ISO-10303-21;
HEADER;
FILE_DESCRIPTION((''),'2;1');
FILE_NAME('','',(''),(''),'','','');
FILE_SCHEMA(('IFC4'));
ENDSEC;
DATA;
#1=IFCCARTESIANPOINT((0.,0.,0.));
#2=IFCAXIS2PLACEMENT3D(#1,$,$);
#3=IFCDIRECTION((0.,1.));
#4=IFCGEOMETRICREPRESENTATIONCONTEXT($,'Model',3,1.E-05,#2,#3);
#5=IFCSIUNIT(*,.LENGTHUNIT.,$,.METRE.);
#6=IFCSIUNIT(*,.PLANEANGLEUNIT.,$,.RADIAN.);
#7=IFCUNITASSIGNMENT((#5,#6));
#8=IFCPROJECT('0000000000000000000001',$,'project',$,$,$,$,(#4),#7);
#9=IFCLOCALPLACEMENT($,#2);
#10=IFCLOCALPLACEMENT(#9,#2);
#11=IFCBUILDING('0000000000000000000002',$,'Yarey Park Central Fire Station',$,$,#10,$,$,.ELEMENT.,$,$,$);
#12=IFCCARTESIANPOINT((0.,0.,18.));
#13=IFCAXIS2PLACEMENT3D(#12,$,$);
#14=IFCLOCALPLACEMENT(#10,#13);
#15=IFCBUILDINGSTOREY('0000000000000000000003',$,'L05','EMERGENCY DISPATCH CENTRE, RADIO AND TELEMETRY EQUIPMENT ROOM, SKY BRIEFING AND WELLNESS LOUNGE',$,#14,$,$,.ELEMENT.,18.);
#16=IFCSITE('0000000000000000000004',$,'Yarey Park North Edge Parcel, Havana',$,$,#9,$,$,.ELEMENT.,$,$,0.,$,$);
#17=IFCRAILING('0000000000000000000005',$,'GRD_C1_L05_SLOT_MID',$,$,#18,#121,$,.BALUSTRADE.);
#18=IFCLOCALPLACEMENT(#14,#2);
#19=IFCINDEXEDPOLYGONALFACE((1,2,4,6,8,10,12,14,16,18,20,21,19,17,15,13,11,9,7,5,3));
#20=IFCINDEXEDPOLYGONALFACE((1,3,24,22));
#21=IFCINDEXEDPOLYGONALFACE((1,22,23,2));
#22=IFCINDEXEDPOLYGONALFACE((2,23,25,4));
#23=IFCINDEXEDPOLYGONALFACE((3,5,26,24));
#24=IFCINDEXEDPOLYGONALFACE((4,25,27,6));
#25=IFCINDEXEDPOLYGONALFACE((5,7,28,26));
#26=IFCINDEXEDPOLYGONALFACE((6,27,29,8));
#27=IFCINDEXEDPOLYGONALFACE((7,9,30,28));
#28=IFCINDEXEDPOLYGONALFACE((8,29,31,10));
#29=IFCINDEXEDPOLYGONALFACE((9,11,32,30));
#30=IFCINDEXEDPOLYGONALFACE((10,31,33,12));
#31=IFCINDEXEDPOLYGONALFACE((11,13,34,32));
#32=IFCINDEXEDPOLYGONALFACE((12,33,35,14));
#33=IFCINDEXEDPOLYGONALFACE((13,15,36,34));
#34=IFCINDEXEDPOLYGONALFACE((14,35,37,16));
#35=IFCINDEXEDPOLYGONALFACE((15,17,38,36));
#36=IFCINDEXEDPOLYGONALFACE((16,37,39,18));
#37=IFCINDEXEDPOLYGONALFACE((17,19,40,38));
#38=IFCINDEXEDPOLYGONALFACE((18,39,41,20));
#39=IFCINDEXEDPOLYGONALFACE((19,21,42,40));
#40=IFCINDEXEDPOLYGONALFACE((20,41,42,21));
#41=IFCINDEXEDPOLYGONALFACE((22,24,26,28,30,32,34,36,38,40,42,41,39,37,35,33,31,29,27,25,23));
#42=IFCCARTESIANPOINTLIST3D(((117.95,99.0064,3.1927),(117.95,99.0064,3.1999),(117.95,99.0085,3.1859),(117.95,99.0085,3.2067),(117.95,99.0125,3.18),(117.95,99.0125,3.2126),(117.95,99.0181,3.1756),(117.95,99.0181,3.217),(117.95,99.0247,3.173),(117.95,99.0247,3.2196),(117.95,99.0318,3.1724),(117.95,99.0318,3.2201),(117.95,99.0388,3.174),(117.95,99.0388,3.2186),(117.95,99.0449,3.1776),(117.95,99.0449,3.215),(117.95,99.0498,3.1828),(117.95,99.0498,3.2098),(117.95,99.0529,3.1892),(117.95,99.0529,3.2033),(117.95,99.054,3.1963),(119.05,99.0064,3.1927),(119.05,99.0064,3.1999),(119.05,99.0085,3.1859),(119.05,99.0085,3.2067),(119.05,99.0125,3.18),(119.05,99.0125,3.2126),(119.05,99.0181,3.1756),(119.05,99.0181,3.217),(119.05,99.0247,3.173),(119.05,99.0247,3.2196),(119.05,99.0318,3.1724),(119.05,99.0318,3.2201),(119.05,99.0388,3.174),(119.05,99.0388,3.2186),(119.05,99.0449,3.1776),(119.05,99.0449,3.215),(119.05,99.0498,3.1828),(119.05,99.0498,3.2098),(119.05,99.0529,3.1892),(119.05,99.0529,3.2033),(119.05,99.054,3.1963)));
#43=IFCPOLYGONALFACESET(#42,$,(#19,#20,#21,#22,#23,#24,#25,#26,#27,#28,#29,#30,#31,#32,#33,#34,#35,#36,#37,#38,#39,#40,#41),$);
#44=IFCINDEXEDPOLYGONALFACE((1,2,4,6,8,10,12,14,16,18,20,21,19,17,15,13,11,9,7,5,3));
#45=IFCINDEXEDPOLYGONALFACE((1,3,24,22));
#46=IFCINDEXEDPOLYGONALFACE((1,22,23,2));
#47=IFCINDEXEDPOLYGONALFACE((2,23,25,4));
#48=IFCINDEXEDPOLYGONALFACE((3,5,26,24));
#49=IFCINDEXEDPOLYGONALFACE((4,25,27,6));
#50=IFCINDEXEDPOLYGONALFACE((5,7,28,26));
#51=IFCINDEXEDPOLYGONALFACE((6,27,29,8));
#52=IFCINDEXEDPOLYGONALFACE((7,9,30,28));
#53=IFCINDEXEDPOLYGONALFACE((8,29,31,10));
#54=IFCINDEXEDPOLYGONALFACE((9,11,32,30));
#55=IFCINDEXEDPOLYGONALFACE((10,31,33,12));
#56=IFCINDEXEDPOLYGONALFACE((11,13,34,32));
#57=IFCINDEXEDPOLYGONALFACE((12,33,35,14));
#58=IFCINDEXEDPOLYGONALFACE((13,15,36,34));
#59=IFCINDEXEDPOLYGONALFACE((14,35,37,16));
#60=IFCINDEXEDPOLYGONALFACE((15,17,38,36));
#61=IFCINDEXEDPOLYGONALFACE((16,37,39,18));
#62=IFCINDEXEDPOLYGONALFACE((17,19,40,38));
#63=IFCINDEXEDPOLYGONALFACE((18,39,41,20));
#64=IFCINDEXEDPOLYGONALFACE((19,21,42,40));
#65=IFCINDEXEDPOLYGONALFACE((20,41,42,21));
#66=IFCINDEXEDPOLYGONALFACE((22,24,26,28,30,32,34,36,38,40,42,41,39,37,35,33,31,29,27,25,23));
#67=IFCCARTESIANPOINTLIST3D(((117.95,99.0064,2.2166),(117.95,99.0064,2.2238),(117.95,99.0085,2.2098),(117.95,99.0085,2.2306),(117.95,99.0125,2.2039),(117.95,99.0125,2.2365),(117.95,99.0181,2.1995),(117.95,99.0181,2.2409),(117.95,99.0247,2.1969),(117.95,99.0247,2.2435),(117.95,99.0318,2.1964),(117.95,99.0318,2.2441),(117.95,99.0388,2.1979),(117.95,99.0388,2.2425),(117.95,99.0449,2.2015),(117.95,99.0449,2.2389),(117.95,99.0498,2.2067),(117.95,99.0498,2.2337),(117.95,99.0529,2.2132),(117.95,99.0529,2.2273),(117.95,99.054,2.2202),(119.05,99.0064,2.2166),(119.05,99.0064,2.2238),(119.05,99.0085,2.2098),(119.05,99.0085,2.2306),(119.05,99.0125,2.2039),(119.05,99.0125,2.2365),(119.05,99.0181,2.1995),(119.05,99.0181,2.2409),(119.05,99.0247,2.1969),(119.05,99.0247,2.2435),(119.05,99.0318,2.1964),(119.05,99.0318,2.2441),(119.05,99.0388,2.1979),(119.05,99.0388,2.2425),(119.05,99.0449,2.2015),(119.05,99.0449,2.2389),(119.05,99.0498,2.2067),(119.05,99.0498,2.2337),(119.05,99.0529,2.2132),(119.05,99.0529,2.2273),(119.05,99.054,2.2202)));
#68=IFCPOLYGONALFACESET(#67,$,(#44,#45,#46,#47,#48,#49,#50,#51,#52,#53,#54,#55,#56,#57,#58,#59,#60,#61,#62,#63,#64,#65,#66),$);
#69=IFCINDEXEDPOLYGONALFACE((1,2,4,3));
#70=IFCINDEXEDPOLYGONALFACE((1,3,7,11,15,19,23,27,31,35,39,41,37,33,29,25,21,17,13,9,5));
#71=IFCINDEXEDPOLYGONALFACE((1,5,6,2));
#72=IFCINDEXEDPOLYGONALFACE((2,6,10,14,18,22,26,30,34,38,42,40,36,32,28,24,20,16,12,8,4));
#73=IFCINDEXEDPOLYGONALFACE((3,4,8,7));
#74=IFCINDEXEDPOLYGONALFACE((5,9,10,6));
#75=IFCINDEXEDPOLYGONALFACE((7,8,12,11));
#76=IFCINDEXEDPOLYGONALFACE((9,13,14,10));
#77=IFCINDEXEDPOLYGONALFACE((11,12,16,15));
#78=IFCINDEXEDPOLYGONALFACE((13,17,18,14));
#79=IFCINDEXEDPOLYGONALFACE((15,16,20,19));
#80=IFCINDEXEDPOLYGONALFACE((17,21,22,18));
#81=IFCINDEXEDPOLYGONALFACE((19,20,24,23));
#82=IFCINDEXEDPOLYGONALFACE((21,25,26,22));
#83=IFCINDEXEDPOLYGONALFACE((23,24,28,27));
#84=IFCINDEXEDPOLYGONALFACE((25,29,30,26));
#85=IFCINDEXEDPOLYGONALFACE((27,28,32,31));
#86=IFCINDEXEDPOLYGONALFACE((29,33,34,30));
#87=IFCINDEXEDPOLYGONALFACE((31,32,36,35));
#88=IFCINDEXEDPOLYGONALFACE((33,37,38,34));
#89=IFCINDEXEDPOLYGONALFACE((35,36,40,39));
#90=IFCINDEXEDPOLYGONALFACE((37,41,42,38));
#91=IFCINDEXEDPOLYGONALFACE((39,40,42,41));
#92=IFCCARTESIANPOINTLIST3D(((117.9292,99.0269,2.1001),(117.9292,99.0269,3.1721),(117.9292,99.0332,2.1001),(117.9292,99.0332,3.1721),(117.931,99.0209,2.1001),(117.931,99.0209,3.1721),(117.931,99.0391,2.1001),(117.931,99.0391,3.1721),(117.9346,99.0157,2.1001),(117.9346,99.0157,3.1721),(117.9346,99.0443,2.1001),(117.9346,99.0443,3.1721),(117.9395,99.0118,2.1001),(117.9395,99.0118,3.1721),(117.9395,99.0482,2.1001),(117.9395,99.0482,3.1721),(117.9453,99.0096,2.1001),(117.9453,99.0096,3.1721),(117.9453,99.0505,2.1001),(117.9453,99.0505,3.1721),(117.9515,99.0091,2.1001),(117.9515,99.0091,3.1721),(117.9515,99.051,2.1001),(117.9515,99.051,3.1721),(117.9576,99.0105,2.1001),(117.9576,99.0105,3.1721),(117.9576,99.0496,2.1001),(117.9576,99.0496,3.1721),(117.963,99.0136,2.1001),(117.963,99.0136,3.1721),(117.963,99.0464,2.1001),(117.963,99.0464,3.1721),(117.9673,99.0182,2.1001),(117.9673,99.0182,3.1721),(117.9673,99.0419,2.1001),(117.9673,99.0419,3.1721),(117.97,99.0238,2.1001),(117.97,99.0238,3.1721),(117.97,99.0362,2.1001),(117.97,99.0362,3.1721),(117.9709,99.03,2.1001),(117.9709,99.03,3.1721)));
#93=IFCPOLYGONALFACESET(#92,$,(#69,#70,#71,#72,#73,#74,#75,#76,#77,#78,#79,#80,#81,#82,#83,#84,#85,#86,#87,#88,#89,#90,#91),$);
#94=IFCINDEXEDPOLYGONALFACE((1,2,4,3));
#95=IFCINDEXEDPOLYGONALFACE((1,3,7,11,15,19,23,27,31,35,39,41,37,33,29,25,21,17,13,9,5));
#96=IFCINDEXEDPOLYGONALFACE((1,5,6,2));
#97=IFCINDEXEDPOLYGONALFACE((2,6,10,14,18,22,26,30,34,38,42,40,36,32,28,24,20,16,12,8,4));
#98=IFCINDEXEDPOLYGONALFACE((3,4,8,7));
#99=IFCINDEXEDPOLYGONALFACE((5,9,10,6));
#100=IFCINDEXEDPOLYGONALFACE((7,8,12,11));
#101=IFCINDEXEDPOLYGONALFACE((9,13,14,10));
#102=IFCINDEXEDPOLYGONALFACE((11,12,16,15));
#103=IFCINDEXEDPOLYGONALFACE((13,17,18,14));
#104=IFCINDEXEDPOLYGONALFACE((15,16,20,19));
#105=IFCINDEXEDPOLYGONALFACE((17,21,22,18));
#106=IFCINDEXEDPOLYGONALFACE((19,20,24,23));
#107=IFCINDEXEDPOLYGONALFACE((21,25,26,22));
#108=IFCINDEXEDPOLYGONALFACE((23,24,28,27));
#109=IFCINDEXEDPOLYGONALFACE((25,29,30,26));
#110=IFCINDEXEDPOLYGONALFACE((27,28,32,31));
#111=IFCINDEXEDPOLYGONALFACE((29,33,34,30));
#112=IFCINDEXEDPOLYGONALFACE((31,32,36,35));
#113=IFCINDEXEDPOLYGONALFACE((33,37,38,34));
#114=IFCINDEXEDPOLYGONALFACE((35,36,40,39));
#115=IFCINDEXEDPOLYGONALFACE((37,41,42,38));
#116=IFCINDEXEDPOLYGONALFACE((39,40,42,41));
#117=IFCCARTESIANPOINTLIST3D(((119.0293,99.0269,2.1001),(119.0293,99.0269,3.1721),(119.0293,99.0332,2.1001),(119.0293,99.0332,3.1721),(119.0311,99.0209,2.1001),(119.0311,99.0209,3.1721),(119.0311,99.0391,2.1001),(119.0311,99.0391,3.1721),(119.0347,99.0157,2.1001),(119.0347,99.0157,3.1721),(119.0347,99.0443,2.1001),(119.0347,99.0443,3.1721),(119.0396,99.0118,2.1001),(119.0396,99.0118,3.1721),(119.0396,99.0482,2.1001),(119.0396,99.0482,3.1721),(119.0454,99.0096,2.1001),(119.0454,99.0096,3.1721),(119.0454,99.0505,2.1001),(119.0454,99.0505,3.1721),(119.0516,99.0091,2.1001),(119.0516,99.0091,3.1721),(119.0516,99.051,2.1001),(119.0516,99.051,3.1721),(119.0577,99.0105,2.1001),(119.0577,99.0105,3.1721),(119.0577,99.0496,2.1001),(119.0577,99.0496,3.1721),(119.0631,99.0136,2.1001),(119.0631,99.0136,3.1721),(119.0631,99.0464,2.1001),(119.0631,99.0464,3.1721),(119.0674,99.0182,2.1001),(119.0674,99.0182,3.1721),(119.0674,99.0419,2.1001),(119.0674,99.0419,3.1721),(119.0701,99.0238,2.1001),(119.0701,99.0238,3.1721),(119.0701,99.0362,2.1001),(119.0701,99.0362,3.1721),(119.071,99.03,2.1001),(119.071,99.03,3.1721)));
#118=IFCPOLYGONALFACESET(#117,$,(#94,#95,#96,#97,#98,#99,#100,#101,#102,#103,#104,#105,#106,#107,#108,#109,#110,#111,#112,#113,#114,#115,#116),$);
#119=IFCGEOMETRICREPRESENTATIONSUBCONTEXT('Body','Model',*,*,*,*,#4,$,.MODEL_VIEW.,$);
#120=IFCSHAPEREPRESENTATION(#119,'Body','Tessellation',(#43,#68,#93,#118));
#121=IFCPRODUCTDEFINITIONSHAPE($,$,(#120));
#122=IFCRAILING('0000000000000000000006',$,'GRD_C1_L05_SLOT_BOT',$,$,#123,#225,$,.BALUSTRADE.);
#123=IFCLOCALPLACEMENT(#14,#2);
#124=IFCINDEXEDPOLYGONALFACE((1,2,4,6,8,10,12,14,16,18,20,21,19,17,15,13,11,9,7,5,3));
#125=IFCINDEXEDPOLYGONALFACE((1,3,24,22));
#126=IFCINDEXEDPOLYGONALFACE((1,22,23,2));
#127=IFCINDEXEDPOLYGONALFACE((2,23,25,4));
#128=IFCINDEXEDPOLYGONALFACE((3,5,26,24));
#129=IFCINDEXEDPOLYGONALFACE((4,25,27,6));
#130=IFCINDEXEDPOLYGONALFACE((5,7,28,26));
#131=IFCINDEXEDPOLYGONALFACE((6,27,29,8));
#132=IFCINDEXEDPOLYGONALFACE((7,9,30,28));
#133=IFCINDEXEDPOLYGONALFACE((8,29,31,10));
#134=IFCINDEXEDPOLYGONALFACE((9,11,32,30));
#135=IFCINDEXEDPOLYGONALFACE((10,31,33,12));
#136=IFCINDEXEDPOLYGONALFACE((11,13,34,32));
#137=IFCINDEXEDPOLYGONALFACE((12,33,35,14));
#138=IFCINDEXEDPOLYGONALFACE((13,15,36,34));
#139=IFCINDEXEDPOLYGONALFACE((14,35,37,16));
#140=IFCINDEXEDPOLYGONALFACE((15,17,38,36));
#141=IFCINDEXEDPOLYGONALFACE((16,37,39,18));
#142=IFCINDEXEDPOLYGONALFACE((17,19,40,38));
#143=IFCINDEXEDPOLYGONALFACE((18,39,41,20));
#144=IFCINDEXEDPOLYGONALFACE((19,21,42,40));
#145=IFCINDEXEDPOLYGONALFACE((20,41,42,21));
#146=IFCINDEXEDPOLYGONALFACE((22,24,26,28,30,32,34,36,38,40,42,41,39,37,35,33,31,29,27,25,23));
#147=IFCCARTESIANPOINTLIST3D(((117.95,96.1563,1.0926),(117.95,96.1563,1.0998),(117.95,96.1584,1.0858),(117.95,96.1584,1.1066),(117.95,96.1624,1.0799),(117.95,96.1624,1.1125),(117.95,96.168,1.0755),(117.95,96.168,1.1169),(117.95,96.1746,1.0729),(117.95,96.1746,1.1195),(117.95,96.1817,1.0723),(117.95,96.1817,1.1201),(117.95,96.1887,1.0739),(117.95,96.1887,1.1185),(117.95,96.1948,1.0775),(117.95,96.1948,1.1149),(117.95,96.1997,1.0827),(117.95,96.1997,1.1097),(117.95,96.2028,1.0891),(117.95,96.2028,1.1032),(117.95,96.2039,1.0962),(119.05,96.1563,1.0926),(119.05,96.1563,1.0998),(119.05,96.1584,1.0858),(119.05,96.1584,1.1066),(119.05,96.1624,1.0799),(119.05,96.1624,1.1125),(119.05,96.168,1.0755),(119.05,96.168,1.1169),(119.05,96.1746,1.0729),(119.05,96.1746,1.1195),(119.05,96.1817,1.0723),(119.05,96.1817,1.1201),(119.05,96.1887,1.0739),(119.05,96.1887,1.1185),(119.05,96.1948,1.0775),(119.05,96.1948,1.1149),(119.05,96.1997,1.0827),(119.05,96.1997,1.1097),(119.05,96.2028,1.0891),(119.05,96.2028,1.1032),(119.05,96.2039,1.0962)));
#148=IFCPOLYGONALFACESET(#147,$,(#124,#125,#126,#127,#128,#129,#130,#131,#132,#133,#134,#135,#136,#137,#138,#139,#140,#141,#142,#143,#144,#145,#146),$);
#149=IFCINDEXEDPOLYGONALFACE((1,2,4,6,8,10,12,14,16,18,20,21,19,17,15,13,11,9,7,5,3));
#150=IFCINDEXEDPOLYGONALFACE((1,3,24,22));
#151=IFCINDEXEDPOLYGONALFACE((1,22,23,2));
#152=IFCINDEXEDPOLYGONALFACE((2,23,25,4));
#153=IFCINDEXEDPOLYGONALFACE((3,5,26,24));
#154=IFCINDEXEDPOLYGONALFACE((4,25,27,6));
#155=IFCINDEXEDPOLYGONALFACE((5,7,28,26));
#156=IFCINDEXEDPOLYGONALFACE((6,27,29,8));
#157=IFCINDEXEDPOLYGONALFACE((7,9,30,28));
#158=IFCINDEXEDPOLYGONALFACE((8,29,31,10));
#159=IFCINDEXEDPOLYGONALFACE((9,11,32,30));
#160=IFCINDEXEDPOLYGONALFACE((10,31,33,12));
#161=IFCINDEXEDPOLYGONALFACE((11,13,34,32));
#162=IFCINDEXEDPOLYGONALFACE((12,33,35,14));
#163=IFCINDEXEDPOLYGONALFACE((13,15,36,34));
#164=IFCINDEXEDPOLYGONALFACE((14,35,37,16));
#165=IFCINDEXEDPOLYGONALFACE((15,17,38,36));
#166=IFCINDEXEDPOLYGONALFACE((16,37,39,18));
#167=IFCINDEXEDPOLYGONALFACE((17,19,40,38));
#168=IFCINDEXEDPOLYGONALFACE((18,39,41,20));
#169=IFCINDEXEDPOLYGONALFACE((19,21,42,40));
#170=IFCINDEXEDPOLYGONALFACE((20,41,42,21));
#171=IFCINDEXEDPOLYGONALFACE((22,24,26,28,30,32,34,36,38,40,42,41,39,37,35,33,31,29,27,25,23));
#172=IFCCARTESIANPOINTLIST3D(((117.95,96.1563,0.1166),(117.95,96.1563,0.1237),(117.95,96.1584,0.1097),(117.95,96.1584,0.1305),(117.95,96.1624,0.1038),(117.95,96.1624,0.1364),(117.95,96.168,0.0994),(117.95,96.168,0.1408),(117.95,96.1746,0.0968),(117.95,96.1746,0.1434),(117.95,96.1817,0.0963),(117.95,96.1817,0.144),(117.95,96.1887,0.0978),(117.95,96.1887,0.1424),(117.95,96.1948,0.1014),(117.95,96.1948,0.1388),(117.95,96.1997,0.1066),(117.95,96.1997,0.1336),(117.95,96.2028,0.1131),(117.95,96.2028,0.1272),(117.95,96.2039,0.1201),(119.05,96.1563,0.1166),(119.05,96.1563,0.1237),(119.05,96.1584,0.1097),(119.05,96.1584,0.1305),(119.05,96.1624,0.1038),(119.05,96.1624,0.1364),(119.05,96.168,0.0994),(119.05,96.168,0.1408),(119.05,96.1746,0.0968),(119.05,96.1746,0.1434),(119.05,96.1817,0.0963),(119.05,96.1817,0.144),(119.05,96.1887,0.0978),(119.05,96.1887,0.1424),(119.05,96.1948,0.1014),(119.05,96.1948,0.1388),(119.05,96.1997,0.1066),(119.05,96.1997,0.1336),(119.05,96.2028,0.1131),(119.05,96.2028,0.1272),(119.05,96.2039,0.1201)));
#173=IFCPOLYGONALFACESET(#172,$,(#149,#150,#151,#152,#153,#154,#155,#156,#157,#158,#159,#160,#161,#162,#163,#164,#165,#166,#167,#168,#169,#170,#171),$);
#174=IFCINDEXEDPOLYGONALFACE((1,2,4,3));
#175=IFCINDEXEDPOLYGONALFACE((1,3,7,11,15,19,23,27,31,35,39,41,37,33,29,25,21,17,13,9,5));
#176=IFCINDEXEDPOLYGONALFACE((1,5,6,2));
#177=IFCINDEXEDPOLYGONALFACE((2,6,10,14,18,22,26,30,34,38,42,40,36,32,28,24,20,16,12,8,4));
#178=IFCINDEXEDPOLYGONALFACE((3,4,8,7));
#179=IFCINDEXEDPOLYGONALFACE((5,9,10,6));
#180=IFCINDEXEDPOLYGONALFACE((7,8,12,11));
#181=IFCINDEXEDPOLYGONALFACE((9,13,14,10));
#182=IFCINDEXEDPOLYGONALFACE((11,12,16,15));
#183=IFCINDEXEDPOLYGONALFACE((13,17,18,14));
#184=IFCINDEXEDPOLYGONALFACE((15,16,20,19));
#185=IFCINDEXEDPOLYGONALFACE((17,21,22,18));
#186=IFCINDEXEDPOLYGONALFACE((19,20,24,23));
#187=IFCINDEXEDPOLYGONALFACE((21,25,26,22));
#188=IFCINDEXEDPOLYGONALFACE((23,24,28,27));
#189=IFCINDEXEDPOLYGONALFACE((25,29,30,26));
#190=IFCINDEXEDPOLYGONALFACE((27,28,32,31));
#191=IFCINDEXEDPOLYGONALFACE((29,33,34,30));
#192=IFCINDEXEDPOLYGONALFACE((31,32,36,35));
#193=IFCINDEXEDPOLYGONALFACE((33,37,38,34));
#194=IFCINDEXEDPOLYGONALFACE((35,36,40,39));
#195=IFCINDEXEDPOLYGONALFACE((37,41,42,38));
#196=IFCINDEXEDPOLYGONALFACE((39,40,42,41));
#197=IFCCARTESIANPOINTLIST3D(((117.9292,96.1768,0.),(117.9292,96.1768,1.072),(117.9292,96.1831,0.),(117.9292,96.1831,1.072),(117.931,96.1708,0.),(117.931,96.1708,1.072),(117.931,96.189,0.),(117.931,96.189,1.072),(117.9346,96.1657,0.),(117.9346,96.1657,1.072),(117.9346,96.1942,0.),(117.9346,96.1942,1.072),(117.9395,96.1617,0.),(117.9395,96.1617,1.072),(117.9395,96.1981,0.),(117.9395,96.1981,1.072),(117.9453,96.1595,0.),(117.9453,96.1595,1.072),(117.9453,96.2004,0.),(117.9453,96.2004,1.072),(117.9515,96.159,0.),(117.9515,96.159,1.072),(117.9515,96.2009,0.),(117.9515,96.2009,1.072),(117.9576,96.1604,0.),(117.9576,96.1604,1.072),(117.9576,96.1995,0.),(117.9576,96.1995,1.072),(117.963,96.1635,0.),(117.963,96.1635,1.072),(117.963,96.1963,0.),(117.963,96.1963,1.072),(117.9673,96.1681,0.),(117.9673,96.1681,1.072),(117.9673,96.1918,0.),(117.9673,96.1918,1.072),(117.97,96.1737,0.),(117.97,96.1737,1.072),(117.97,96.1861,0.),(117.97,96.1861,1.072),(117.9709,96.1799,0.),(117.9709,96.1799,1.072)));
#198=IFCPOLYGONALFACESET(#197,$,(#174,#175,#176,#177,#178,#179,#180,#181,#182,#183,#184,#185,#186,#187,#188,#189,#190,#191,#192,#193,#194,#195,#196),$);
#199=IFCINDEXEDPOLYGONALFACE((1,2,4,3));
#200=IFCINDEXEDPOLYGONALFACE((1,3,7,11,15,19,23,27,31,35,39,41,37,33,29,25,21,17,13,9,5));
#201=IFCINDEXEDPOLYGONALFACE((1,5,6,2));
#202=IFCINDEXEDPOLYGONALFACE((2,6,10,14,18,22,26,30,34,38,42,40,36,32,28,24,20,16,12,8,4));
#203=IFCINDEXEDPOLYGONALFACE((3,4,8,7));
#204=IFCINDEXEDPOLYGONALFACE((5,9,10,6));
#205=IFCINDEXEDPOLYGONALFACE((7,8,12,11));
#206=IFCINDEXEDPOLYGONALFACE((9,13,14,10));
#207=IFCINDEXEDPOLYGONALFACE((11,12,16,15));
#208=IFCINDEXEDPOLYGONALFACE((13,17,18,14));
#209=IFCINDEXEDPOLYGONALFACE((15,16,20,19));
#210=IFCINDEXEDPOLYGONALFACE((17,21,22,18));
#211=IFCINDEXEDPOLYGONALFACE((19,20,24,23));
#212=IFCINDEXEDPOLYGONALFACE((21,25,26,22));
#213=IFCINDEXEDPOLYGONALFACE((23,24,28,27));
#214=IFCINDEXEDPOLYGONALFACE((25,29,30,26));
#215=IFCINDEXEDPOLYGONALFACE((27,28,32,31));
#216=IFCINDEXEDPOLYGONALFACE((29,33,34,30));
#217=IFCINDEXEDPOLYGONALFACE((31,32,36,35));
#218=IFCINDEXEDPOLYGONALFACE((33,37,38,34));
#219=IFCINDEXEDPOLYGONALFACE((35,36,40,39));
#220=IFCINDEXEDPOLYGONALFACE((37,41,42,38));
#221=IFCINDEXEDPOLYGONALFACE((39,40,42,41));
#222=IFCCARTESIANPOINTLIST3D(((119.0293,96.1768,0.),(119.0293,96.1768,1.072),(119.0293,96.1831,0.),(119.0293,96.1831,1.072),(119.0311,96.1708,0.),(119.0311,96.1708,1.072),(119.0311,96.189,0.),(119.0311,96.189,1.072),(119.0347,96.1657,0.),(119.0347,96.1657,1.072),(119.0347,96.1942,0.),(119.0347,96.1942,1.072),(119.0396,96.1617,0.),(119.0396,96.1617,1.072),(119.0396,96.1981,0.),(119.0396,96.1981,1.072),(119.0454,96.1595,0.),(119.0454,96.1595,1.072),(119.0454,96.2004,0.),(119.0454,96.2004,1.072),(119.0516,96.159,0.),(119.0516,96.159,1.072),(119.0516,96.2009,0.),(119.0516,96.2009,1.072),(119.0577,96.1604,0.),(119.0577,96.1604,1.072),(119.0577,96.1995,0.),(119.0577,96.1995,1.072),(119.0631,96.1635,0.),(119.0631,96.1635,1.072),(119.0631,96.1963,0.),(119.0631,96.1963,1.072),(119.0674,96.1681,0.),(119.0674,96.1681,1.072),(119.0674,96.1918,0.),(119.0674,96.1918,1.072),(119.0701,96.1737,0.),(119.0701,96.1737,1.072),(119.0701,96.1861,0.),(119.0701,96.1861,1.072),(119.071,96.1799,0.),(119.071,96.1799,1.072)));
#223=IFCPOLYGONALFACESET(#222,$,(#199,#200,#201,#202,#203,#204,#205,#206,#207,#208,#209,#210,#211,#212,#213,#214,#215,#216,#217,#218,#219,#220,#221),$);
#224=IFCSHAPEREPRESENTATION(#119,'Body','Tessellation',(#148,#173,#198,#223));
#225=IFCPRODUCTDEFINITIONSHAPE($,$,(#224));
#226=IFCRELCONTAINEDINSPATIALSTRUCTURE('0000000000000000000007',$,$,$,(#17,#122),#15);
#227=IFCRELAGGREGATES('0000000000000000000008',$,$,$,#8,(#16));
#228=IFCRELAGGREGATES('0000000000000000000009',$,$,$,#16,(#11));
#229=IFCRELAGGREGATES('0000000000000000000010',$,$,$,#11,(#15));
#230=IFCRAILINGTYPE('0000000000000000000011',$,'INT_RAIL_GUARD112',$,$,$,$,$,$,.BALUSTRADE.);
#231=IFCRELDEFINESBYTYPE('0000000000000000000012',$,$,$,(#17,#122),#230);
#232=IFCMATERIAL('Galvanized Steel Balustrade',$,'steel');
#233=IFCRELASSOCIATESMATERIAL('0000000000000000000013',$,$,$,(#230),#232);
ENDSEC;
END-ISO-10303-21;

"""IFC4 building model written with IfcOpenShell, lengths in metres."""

from ifc_helpers import new_model, si_unit, direction, frame, origin, origin_2d, place, context, subcontext, project, spatial, circle, extrude, material, type_object, element, save


model = new_model("IFC4")

# Units and contexts
model_context = context("Model", 3, precision=1e-05, world=origin(), true_north=direction((0.0, 1.0)))
body_context = subcontext(model_context, "Body", "Model", "MODEL_VIEW")
ifc_project = project(units=[si_unit("LENGTHUNIT", "METRE"), si_unit("PLANEANGLEUNIT", "RADIAN")], contexts=[model_context])

# Site, building, storey
site_placement = place(None, origin())
site = spatial("IfcSite", under=ifc_project, at=site_placement, Name="Yarey Park North Edge Parcel, Havana", CompositionType="ELEMENT", RefElevation=0.0)
building_placement = place(site_placement, origin())
building = spatial("IfcBuilding", under=site, at=building_placement, Name="Yarey Park Central Fire Station", CompositionType="ELEMENT")
storey_placement = place(building_placement, frame((0.0, 0.0, 18.0)))
storey = spatial("IfcBuildingStorey", under=building, at=storey_placement, Name="L05", Description="EMERGENCY DISPATCH CENTRE, RADIO AND TELEMETRY EQUIPMENT ROOM, SKY BRIEFING AND WELLNESS LOUNGE", CompositionType="ELEMENT", Elevation=18.0)

# Railings
ifc_material_1 = material(Name="Galvanized Steel Balustrade", Category="steel")
railing_type_1 = type_object("IfcRailingType", Name="INT_RAIL_GUARD112", PredefinedType="BALUSTRADE", material=ifc_material_1)
for number, where, name in (
    (1, (117.95, 99.03, 2.1001), "GRD_C1_L05_SLOT_MID"),
    (2, (117.95, 96.1799, 0.0), "GRD_C1_L05_SLOT_BOT"),
):
    element("IfcRailing", number, at=place(storey_placement, frame(where)), inside=storey, type_object=railing_type_1, Name=name, PredefinedType="BALUSTRADE", context=body_context, shape_type="SweptSolid", body=[
        extrude(circle(Radius=0.0239, at=origin_2d()), frame((0.0, 0.0, 1.0962), z_axis=(1.0, 0.0, 0.0), x_axis=(0.0, 1.0, 0.0)), (0.0, 0.0, 1.0), 1.1001),
        extrude(circle(Radius=0.0239, at=origin_2d()), frame((0.0, 0.0, 0.1201), z_axis=(1.0, 0.0, 0.0), x_axis=(0.0, 1.0, 0.0)), (0.0, 0.0, 1.0), 1.1001),
        extrude(circle(Radius=0.021, at=origin_2d()), origin(), (0.0, 0.0, 1.0), 1.072),
        extrude(circle(Radius=0.021, at=origin_2d()), frame((1.1001, 0.0, 0.0)), (0.0, 0.0, 1.0), 1.072),
    ])

save(model, "model.ifc")
